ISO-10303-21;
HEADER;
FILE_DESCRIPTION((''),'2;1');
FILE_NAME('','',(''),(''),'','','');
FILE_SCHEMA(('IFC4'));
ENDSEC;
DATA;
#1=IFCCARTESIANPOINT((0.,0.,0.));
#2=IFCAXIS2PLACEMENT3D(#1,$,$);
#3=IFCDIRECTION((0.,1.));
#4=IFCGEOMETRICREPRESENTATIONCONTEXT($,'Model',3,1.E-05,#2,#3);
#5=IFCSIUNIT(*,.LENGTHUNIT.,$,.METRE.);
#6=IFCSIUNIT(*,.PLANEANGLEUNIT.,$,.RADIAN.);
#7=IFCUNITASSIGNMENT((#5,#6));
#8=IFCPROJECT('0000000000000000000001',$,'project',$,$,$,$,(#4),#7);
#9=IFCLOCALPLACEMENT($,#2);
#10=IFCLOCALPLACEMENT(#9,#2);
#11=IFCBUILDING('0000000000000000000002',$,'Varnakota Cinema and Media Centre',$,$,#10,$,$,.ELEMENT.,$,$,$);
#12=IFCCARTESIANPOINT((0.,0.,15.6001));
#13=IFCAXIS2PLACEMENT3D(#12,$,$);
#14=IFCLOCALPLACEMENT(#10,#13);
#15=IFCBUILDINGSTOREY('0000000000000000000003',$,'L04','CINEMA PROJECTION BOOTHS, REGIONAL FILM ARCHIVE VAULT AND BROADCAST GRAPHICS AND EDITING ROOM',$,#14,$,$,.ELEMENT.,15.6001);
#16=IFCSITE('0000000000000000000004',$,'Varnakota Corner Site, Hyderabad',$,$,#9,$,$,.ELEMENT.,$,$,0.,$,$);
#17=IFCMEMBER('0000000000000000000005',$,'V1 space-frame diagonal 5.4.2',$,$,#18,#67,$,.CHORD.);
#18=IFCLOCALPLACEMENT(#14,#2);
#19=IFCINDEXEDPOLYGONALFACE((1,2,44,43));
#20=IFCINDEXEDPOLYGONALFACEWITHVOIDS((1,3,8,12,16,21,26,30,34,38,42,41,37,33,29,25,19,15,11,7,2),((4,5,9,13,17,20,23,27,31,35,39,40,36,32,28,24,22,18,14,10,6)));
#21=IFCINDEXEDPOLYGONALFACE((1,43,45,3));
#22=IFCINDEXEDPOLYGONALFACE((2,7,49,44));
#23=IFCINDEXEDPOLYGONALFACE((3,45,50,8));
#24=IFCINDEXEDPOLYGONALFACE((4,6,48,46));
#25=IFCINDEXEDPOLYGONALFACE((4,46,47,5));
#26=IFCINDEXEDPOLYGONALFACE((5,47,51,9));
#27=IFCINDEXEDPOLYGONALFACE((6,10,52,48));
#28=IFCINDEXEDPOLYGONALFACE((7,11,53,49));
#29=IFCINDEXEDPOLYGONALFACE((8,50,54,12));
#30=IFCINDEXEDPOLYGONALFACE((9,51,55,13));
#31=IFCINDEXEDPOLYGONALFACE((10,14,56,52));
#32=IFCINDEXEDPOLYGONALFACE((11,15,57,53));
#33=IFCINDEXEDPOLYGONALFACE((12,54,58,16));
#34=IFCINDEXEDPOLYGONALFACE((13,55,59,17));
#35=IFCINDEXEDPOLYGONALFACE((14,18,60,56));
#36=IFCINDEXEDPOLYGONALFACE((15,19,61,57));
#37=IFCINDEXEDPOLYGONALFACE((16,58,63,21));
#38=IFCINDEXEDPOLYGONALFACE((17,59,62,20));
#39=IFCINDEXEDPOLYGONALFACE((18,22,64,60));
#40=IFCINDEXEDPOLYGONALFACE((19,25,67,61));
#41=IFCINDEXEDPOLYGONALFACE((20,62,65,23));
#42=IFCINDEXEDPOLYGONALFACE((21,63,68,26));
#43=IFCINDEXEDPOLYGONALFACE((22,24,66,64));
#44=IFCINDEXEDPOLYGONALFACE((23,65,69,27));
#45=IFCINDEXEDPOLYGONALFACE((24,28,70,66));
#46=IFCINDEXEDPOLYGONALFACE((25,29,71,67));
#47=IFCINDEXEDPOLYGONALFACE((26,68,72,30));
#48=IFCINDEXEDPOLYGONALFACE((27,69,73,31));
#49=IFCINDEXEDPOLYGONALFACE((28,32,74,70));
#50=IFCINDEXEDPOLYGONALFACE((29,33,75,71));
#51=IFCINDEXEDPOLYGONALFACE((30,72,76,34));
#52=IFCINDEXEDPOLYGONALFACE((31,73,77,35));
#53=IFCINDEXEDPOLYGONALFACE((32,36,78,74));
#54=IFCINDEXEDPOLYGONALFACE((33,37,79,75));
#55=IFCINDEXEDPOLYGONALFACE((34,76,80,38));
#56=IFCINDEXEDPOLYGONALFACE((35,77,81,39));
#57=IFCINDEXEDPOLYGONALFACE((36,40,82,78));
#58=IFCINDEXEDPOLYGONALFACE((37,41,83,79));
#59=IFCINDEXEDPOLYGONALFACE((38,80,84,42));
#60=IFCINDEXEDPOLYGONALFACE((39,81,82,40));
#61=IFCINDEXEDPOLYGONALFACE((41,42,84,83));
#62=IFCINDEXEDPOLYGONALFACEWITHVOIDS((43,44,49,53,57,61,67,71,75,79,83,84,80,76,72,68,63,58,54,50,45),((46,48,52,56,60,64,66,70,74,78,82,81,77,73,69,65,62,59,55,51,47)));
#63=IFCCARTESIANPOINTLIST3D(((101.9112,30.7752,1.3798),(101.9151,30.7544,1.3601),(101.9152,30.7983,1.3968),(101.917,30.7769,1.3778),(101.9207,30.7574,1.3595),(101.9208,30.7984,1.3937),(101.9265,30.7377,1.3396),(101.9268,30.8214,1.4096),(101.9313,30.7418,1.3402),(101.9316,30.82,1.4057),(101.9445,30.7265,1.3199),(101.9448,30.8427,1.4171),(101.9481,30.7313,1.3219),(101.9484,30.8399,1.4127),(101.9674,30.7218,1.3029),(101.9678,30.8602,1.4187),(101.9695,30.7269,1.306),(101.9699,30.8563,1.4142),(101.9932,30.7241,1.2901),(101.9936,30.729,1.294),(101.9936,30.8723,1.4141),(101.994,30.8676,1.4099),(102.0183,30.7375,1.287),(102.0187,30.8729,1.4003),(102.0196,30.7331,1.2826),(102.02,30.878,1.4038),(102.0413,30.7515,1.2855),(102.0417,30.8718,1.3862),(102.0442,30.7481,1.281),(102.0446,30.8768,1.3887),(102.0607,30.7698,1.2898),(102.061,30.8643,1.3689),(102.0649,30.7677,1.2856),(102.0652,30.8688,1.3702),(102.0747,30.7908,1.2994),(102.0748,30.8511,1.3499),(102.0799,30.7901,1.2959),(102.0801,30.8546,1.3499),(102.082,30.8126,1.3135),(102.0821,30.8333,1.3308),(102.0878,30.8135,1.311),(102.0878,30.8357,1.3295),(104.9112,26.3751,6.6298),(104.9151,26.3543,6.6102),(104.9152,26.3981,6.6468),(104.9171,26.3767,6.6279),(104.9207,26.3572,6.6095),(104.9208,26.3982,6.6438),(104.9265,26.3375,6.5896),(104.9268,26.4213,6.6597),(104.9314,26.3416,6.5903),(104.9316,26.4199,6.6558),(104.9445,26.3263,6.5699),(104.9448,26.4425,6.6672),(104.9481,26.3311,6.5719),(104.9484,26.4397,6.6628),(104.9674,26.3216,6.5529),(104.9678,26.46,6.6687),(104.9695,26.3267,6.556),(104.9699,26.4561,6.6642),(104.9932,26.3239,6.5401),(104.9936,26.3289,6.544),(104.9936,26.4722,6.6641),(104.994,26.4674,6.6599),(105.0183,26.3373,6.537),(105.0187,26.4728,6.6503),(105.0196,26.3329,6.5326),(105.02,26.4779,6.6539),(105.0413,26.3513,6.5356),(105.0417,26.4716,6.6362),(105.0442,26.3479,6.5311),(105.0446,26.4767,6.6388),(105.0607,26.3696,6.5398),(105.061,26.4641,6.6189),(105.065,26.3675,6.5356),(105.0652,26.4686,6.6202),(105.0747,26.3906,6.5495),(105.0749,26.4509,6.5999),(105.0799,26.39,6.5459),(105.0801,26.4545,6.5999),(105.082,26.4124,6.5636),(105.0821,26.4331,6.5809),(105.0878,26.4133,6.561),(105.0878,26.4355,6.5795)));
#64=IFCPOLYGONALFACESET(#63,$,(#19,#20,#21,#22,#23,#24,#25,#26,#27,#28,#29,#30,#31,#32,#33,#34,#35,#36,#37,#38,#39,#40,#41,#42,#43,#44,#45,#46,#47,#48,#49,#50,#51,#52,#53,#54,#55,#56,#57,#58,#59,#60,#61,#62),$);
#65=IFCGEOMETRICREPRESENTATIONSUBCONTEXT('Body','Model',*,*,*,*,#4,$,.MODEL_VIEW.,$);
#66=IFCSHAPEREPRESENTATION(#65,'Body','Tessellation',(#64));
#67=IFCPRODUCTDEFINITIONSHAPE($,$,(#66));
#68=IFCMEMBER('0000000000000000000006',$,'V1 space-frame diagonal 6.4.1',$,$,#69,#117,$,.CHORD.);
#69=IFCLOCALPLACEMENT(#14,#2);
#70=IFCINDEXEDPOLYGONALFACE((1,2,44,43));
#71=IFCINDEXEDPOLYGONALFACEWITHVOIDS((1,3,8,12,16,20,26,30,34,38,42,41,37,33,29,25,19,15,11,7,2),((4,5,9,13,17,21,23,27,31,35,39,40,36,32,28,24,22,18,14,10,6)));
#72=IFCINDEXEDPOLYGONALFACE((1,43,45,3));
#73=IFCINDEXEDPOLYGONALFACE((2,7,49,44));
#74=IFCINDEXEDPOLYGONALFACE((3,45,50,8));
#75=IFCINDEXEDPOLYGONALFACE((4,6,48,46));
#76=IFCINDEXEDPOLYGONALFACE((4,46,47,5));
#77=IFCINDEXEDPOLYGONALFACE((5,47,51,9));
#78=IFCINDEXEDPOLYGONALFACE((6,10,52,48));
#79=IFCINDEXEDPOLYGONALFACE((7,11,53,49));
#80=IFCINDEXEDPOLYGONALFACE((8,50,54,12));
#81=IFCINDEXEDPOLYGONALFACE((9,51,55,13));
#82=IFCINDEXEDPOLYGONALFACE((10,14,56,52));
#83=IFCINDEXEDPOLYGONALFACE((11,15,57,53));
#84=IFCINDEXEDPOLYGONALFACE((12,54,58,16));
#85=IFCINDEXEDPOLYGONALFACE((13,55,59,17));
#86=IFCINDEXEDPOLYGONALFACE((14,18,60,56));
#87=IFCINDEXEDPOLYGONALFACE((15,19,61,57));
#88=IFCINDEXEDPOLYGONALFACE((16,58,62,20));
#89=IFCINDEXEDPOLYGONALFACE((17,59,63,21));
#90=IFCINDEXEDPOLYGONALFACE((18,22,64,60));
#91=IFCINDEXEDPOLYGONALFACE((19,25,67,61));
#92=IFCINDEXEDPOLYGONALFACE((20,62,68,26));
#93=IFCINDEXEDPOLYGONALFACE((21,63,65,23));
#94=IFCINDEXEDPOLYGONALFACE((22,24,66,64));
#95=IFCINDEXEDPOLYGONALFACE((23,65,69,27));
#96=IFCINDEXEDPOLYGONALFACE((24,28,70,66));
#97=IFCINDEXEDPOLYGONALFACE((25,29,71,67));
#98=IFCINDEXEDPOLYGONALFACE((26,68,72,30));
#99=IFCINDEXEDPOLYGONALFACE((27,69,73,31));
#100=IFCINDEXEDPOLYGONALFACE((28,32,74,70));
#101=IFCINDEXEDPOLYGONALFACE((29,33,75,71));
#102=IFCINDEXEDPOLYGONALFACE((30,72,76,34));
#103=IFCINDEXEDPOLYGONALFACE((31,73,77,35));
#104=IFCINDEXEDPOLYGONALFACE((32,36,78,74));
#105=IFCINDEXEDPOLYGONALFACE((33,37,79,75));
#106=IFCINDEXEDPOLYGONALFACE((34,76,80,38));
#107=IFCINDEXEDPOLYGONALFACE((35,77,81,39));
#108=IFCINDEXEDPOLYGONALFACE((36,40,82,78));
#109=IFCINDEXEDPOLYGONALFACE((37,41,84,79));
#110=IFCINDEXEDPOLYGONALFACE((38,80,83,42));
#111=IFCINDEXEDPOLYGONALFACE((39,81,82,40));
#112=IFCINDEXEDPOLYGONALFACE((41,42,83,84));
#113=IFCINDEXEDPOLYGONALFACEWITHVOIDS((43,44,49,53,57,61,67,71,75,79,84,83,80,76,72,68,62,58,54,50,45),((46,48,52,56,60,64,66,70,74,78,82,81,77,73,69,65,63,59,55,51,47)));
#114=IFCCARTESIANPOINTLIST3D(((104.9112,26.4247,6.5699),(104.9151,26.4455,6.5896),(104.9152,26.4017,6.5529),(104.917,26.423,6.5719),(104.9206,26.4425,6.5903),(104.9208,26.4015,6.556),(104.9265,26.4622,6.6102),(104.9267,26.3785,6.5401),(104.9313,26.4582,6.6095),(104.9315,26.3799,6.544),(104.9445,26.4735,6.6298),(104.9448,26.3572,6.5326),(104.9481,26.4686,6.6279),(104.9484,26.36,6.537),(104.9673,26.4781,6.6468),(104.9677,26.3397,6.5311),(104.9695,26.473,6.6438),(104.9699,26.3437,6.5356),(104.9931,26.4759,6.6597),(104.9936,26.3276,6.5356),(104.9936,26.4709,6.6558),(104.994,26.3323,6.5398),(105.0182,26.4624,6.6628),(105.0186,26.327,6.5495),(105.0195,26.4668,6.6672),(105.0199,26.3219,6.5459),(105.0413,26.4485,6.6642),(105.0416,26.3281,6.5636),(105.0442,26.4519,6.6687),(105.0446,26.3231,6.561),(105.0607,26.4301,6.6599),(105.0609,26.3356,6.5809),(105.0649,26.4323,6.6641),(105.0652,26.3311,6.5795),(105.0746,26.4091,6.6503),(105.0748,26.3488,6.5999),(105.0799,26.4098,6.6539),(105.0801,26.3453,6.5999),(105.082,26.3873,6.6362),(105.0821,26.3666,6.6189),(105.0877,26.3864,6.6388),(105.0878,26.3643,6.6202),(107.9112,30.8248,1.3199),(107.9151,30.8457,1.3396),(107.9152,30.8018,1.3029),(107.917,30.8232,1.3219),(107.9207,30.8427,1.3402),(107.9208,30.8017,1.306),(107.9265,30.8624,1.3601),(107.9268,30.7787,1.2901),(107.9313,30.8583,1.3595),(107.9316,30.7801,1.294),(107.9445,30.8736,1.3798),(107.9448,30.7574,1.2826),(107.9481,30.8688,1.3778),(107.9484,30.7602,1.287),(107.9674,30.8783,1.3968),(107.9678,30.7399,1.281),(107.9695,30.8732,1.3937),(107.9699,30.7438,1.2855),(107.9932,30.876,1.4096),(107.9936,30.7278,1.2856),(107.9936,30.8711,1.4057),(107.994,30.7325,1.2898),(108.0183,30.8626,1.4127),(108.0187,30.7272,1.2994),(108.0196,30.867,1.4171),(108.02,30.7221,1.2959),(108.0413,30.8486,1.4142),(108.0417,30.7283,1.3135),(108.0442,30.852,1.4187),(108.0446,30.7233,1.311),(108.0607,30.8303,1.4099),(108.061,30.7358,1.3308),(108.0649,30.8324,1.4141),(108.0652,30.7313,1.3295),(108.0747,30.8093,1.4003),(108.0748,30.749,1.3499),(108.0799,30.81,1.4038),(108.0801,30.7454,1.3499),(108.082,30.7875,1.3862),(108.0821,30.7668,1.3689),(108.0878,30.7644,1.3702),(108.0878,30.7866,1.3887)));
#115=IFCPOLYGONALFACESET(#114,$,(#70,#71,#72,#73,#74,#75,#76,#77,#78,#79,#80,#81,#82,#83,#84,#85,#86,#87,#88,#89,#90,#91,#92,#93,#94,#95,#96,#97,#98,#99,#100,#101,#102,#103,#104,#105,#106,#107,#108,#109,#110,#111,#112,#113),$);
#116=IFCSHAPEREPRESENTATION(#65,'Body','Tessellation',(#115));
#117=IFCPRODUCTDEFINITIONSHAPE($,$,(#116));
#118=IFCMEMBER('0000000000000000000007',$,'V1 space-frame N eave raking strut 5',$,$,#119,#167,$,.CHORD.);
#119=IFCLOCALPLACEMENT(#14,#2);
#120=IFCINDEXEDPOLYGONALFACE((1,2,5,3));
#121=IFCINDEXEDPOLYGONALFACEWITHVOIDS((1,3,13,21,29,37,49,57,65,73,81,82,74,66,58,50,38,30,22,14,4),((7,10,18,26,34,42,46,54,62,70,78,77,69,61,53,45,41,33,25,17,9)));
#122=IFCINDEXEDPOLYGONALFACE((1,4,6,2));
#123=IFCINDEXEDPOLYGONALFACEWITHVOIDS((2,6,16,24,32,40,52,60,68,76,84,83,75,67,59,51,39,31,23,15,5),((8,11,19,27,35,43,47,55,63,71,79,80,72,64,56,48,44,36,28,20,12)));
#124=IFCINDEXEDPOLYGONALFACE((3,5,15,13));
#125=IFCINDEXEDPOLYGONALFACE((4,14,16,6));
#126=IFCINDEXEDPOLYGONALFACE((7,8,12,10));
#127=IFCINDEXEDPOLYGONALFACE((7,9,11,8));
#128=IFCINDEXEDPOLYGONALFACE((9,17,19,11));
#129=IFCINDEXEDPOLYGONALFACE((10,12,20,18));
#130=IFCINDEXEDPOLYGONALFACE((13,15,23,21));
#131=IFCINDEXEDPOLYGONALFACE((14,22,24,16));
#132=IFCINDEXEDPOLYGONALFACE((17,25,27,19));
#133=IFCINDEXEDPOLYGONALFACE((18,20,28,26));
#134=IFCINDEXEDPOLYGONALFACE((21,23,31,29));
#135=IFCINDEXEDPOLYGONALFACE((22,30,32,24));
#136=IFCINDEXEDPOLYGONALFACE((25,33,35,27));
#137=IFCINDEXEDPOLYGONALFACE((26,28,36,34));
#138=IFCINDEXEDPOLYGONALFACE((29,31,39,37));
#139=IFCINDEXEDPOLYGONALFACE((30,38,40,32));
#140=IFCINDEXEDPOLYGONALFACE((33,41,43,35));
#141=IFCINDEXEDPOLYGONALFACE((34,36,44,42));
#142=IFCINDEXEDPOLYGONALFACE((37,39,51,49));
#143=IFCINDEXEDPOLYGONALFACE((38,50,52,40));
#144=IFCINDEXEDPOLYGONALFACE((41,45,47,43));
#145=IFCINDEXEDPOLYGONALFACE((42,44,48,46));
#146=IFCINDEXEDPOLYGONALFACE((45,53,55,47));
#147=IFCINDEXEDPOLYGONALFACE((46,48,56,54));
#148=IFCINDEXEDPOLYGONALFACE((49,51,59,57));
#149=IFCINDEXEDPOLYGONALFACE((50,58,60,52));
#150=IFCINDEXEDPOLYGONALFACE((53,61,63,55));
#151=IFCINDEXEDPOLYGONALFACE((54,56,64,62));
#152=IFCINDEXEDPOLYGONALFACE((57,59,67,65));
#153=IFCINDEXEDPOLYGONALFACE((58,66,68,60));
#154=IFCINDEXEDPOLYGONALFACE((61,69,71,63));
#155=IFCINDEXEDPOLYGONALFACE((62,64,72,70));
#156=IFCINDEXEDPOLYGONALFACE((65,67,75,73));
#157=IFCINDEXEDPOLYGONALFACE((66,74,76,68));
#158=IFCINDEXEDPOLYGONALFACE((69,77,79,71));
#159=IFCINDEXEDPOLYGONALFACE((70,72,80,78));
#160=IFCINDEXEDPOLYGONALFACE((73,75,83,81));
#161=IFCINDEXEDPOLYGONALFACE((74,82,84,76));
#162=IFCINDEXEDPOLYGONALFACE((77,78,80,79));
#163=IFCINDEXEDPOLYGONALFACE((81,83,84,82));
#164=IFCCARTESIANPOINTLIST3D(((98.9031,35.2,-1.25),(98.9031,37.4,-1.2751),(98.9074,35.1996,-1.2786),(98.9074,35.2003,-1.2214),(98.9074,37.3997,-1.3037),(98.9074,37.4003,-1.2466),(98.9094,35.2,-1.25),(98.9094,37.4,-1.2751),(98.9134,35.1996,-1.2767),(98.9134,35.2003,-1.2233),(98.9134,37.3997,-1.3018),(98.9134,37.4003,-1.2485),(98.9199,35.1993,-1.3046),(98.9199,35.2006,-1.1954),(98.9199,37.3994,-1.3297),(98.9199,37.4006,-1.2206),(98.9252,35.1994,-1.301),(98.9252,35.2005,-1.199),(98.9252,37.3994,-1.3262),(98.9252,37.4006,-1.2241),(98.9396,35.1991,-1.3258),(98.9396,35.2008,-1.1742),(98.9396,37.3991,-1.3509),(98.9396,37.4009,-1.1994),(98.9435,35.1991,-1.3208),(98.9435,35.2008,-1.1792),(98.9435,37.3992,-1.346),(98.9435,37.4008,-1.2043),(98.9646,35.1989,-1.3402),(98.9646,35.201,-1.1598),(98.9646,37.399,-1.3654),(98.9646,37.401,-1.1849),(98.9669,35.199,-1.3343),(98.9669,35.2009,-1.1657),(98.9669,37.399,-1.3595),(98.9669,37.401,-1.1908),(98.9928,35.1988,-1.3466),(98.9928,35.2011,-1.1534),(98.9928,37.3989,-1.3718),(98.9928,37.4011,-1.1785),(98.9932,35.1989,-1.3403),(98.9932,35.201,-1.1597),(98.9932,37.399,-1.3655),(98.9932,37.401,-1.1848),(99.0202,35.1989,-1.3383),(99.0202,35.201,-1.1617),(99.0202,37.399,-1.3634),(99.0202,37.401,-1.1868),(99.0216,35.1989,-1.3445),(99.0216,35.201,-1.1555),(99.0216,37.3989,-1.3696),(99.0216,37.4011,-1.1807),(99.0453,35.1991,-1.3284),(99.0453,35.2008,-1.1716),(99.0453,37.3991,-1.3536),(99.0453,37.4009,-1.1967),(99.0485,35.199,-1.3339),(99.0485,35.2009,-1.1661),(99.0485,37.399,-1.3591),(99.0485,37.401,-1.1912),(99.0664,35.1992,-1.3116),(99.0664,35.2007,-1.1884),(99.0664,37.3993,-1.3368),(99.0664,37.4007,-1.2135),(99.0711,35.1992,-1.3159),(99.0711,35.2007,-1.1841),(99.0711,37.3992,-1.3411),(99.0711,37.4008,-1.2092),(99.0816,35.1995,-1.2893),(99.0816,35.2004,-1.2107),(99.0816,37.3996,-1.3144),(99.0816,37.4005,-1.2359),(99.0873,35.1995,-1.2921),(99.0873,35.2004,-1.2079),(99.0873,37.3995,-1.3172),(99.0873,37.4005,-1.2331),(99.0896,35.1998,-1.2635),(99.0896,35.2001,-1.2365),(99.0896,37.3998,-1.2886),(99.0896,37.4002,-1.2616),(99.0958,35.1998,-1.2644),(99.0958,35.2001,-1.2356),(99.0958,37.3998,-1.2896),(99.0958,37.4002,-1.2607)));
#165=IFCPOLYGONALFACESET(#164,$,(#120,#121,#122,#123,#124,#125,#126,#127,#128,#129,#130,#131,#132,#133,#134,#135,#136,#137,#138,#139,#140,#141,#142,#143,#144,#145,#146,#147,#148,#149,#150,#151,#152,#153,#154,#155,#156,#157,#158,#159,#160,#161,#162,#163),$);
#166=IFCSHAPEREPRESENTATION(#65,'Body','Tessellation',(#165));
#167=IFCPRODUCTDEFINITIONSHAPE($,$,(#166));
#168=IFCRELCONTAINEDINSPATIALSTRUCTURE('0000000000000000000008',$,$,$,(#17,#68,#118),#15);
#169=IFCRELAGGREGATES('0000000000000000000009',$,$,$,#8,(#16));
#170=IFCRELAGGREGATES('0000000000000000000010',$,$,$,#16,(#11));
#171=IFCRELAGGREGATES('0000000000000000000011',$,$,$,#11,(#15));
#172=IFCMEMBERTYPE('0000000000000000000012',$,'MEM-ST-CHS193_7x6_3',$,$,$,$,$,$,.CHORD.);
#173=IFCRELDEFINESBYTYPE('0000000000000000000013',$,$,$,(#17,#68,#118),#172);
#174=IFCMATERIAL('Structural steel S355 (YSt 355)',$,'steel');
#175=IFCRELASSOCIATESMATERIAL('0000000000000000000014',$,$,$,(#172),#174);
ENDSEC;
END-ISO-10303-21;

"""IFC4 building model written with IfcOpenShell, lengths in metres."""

from ifc_helpers import new_model, si_unit, direction, frame, origin, origin_2d, place, context, subcontext, project, spatial, hollow_circle, extrude, material, material_profile, profile_set, type_object, element, save


model = new_model("IFC4")

# Units and contexts
model_context = context("Model", 3, precision=1e-05, world=origin(), true_north=direction((0.0, 1.0)))
body_context = subcontext(model_context, "Body", "Model", "MODEL_VIEW")
ifc_project = project(units=[si_unit("LENGTHUNIT", "METRE"), si_unit("PLANEANGLEUNIT", "RADIAN")], contexts=[model_context])

# Site, building, storey
site_placement = place(None, origin())
site = spatial("IfcSite", under=ifc_project, at=site_placement, Name="Varnakota Corner Site, Hyderabad", CompositionType="ELEMENT", RefElevation=0.0)
building_placement = place(site_placement, origin())
building = spatial("IfcBuilding", under=site, at=building_placement, Name="Varnakota Cinema and Media Centre", CompositionType="ELEMENT")
storey_placement = place(building_placement, frame((0.0, 0.0, 15.6001)))
storey = spatial("IfcBuildingStorey", under=building, at=storey_placement, Name="L04", Description="CINEMA PROJECTION BOOTHS, REGIONAL FILM ARCHIVE VAULT AND BROADCAST GRAPHICS AND EDITING ROOM", CompositionType="ELEMENT", Elevation=15.6001)

# Members
ifc_material_1 = material(Name="Structural steel S355 (YSt 355)", Category="steel")
ifc_material_profile_1 = material_profile(ifc_material_1, hollow_circle(Radius=0.0969, WallThickness=0.0063, at=origin_2d()), Name="CHS 193.7x6.3")
ifc_profile_set_1 = profile_set([ifc_material_profile_1], Name="Structural steel S355 (YSt 355)")
member_type_1 = type_object("IfcMemberType", Name="MEM-ST-CHS193_7x6_3", PredefinedType="CHORD", material=ifc_profile_set_1)
for number, where, z_axis, x_axis, name in (
    (1, (102.0, 30.8, 1.3499), (0.401165, -0.588395, 0.702039), (0.826236, 0.563324, 0.0), "V1 space-frame diagonal 5.4.2"),
    (2, (108.0, 30.8, 1.3499), (-0.401165, -0.588395, 0.702039), (0.826236, -0.563324, 0.0), "V1 space-frame diagonal 6.4.1"),
):
    element("IfcMember", number, at=place(storey_placement, frame(where, z_axis=z_axis, x_axis=x_axis)), inside=storey, type_object=member_type_1, Name=name, PredefinedType="CHORD", context=body_context, shape_type="SweptSolid", body=[
        extrude(hollow_circle(Radius=0.0969, WallThickness=0.0063, at=origin_2d()), origin(), (0.0, 0.0, 1.0), 7.4783),
    ])
for number, where, z_axis, x_axis, name in (
    (3, (99.0, 35.2, -1.25), (0.0, 0.999935, -0.01143), (-1.0, 0.0, 0.0), "V1 space-frame N eave raking strut 5"),
):
    element("IfcMember", number, at=place(storey_placement, frame(where, z_axis=z_axis, x_axis=x_axis)), inside=storey, type_object=member_type_1, Name=name, PredefinedType="CHORD", context=body_context, shape_type="SweptSolid", body=[
        extrude(hollow_circle(Radius=0.0969, WallThickness=0.0063, at=origin_2d()), origin(), (0.0, 0.0, 1.0), 2.2002),
    ])

save(model, "model.ifc")
